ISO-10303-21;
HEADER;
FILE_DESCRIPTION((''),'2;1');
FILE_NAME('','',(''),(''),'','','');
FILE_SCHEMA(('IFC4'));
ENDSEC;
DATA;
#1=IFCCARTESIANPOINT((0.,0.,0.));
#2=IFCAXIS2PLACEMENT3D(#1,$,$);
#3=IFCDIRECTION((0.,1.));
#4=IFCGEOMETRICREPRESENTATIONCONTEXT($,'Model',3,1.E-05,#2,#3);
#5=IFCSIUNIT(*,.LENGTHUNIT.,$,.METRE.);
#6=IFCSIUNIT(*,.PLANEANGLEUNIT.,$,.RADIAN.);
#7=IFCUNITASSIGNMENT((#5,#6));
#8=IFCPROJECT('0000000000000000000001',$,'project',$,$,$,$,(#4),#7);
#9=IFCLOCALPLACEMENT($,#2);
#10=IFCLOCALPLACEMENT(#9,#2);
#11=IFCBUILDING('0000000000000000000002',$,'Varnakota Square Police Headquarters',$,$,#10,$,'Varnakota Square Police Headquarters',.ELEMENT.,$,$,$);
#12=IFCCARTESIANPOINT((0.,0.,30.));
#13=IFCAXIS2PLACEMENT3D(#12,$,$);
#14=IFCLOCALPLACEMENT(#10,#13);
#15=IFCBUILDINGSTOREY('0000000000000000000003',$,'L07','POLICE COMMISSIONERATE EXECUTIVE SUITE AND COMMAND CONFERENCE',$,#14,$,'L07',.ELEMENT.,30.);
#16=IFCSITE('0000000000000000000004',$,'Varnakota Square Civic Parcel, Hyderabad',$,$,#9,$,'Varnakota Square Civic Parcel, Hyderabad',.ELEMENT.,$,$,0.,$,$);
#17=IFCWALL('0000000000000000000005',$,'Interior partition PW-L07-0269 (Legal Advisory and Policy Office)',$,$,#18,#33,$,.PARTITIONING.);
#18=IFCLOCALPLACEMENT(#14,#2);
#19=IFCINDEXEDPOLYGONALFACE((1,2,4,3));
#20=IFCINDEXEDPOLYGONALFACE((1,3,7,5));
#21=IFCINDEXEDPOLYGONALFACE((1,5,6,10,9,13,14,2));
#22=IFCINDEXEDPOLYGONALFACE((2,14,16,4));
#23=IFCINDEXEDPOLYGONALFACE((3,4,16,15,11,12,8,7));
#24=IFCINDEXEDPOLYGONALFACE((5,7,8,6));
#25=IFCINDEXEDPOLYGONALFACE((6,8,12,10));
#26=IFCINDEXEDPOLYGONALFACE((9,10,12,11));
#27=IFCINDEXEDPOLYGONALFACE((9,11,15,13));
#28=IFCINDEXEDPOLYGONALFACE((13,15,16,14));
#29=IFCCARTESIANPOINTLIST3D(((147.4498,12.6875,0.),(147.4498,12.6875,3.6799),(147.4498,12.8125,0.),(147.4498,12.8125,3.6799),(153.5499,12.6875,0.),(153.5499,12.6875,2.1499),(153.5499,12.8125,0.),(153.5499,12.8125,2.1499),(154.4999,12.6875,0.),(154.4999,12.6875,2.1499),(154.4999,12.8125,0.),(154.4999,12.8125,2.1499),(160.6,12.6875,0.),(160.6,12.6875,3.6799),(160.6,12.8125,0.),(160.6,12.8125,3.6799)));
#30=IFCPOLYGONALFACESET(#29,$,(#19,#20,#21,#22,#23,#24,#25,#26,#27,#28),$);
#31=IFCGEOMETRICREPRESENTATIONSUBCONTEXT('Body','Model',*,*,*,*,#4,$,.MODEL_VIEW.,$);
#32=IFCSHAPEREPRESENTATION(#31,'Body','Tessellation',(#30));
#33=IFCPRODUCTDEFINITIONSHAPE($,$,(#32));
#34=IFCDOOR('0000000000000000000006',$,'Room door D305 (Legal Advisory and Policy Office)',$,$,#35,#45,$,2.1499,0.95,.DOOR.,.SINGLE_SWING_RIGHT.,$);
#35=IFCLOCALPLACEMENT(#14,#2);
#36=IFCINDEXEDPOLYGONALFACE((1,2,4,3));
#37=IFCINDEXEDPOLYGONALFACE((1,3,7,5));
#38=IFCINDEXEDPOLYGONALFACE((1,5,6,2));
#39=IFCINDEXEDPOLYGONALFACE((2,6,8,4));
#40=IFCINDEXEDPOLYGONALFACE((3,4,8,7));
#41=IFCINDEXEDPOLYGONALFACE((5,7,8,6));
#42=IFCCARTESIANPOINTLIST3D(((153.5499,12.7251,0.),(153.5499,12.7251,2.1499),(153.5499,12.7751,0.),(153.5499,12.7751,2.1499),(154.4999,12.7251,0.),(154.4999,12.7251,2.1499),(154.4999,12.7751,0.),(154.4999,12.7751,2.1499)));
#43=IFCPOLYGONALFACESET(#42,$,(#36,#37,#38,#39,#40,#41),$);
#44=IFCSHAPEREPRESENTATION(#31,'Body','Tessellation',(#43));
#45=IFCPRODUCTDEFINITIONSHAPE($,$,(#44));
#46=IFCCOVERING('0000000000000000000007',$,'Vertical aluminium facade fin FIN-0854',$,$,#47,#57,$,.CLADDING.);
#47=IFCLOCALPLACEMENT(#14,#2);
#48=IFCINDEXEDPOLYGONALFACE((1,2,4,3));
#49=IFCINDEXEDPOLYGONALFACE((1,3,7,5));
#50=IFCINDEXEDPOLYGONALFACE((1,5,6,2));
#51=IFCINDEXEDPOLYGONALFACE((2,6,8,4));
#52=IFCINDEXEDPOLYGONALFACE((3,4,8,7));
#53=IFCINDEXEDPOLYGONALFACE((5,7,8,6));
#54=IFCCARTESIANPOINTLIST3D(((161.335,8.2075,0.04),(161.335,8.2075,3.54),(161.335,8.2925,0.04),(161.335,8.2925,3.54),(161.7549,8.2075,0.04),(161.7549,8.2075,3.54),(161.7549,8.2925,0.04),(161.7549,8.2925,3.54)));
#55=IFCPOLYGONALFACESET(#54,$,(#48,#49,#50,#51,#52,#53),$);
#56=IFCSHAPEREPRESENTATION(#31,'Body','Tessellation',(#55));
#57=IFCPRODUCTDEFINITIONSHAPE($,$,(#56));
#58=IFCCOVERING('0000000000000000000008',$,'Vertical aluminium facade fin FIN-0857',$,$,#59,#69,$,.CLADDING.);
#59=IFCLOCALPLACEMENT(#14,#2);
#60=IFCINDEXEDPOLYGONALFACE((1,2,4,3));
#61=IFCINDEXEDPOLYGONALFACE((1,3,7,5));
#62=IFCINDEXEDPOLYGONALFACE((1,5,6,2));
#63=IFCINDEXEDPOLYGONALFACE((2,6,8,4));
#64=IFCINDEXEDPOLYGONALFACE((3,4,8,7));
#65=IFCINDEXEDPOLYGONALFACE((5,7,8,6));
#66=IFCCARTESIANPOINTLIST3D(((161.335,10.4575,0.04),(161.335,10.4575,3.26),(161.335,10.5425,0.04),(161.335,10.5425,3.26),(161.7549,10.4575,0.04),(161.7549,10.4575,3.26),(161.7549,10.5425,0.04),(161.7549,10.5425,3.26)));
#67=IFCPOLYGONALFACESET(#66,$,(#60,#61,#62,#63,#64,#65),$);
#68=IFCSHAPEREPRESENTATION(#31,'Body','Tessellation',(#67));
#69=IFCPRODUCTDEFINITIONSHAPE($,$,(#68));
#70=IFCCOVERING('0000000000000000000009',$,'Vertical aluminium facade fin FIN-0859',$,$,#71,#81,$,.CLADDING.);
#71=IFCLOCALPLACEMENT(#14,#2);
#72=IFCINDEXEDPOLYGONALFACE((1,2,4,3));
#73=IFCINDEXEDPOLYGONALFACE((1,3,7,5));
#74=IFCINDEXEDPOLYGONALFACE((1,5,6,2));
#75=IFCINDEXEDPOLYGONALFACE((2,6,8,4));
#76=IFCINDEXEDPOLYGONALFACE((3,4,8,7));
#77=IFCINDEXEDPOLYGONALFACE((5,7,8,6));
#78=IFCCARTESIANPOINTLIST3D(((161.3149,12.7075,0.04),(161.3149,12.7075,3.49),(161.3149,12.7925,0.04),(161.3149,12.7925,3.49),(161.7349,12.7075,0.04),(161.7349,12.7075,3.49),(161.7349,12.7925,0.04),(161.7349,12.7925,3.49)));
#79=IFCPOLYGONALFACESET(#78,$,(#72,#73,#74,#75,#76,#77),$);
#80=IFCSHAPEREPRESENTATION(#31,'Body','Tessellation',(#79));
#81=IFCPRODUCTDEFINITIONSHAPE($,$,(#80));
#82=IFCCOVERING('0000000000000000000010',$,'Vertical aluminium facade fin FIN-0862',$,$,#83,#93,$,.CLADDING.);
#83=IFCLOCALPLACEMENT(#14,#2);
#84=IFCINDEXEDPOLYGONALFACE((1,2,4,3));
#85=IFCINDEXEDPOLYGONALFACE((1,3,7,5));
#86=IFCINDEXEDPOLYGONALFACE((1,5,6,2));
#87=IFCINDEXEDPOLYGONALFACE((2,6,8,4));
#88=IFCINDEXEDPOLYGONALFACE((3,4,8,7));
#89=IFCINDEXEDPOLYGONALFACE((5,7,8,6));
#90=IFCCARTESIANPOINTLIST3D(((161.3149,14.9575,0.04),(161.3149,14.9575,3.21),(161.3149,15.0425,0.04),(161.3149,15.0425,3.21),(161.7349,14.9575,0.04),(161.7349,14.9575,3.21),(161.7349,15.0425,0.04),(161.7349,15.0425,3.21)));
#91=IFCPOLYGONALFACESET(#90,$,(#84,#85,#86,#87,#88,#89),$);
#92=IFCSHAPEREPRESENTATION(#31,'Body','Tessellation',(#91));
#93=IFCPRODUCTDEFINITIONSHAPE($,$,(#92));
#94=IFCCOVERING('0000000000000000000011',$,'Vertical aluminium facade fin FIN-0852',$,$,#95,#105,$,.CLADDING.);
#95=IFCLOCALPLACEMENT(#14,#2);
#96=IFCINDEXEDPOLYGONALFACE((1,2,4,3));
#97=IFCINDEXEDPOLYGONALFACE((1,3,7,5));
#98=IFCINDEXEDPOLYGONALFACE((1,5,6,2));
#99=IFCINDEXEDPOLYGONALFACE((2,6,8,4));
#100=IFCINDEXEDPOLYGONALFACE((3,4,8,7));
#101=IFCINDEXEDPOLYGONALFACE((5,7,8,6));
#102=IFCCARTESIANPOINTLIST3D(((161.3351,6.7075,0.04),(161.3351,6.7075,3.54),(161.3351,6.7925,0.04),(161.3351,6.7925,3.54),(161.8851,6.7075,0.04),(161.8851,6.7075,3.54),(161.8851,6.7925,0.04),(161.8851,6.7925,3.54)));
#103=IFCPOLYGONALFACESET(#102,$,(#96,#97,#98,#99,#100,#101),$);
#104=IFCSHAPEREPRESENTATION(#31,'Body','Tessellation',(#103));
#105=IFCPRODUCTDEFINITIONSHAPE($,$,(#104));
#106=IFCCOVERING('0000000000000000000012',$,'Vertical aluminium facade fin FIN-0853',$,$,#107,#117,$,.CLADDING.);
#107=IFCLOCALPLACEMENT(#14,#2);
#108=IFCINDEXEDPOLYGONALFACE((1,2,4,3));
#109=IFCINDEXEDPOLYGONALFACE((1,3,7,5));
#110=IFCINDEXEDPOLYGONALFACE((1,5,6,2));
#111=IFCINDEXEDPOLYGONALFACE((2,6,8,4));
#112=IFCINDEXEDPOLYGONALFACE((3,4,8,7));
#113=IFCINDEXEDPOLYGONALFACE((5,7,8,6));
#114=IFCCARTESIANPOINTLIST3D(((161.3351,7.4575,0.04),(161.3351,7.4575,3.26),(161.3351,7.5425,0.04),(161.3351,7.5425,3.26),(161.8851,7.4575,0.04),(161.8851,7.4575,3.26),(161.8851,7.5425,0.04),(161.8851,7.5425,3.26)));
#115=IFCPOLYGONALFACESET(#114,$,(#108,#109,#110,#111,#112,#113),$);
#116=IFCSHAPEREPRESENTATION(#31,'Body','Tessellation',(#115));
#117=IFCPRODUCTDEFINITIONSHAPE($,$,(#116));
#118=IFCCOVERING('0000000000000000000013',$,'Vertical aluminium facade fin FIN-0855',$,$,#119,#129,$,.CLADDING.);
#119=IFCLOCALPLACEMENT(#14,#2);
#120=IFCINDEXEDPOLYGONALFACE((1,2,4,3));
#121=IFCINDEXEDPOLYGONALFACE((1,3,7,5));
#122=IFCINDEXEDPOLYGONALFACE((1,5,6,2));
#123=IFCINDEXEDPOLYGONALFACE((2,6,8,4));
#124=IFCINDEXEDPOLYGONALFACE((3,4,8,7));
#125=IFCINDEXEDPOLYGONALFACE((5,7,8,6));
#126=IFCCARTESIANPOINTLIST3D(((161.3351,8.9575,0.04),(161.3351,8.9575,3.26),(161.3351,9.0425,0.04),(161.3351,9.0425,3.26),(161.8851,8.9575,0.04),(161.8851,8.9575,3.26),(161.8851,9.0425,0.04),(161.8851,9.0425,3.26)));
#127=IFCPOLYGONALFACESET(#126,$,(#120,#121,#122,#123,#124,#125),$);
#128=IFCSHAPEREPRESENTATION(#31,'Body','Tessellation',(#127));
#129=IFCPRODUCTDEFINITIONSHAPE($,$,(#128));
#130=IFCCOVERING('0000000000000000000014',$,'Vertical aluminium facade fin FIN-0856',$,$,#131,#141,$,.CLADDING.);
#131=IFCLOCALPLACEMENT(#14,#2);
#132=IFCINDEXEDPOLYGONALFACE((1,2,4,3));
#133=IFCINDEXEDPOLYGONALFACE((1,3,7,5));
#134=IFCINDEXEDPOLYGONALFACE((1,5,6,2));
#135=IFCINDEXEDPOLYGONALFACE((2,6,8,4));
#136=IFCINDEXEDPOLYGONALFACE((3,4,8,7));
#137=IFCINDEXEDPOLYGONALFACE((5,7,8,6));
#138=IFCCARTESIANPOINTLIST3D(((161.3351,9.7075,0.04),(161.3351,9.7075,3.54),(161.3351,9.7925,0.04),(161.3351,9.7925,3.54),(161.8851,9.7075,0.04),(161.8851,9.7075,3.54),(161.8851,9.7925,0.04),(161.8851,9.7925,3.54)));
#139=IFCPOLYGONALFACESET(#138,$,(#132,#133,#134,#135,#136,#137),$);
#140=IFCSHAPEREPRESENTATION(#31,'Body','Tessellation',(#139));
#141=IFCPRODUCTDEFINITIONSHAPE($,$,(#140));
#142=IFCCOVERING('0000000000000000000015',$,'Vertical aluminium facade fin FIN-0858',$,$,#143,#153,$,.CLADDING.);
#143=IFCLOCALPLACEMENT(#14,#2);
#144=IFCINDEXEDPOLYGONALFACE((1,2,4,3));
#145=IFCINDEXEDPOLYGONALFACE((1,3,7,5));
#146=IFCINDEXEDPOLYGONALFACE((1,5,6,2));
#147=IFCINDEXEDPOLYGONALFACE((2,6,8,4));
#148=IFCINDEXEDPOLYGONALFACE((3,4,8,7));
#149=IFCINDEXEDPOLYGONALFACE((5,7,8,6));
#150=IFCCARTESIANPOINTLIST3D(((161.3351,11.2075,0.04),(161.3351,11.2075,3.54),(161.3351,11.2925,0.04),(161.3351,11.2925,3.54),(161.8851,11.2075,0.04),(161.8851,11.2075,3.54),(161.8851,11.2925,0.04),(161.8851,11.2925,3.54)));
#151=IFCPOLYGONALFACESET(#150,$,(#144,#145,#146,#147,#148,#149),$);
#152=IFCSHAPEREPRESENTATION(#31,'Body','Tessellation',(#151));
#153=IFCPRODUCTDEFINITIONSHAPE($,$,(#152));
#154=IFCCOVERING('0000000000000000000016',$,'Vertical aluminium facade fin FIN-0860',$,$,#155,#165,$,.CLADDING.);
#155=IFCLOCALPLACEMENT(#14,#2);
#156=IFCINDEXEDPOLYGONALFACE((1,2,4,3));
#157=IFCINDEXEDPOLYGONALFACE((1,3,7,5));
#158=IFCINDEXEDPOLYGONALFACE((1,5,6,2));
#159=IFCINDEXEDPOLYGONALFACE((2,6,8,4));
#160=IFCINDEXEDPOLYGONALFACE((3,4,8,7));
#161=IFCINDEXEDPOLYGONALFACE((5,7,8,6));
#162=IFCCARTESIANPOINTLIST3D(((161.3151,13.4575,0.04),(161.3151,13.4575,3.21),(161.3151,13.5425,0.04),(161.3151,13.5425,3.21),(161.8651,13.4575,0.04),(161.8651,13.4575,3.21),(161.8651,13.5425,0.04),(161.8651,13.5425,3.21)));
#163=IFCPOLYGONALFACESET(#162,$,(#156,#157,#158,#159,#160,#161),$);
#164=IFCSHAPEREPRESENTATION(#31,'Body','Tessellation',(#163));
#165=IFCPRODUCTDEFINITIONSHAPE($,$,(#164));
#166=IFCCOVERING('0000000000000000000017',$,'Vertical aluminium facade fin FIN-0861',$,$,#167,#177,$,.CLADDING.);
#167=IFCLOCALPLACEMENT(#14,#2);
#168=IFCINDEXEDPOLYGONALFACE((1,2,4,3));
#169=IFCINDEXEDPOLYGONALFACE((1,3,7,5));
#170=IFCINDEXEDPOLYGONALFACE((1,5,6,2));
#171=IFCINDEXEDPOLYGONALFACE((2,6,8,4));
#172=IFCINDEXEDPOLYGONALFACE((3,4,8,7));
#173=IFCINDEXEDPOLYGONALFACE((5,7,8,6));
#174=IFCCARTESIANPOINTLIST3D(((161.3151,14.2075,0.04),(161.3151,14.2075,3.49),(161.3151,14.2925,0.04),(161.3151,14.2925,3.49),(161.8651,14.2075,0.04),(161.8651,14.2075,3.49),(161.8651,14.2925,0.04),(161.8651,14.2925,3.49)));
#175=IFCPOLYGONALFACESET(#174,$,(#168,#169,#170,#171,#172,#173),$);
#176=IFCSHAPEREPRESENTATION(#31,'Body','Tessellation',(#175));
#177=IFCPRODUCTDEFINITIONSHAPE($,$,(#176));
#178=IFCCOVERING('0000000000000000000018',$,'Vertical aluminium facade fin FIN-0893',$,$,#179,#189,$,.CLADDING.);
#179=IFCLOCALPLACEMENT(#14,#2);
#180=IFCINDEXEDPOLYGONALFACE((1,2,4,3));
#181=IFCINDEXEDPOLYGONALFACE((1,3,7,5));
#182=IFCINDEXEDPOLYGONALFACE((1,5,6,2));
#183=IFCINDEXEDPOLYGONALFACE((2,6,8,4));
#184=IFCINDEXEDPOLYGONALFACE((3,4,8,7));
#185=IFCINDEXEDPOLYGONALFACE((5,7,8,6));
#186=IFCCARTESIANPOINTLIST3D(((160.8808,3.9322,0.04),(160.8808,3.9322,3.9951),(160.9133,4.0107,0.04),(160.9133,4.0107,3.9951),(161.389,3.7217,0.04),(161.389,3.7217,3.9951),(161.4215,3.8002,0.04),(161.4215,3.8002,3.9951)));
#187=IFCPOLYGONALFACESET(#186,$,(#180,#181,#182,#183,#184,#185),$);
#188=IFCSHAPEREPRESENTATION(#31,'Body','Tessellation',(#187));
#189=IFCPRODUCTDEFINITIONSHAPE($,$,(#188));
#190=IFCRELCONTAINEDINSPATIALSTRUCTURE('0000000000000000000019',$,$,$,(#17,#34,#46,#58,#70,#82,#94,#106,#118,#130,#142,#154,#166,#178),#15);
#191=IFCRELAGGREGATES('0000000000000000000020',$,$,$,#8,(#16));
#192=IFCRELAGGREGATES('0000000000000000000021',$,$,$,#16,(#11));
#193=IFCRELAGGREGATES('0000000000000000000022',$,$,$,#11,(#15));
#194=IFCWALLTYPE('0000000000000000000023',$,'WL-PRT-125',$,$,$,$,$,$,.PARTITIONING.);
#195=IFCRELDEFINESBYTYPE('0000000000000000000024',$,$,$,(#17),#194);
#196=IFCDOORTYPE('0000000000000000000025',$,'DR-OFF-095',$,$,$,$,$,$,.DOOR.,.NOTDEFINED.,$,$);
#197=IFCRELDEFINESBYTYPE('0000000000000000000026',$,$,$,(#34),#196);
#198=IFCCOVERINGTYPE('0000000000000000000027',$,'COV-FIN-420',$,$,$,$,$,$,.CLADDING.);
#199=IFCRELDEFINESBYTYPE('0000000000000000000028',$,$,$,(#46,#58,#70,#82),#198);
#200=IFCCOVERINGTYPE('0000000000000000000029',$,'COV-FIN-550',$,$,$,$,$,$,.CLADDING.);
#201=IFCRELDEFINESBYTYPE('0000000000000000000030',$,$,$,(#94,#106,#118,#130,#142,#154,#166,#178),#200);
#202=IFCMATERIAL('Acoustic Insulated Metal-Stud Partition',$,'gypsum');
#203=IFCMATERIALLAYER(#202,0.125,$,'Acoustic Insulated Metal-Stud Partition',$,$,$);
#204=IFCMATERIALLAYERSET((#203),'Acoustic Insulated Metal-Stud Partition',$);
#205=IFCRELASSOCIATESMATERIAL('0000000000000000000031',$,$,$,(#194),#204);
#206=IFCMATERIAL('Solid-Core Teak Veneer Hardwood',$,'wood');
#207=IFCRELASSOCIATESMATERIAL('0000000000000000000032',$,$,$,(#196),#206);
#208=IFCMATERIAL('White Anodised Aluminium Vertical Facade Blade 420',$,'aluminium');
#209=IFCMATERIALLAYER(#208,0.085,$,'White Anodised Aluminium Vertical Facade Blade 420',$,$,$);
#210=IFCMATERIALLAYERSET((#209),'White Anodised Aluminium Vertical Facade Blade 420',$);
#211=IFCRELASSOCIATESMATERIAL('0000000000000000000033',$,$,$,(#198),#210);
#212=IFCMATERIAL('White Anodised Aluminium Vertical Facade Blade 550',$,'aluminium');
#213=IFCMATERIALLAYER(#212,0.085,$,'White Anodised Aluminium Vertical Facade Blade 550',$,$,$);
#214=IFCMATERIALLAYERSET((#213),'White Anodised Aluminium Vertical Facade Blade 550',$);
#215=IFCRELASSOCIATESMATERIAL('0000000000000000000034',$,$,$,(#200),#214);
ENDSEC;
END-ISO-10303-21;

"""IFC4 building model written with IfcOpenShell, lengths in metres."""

from ifc_helpers import new_model, si_unit, direction, frame, frame_2d, origin, origin_2d, place, context, subcontext, project, spatial, rectangle, extrude, material, layer, layer_set, type_object, element, fill, save


model = new_model("IFC4")

# Units and contexts
model_context = context("Model", 3, precision=1e-05, world=origin(), true_north=direction((0.0, 1.0)))
body_context = subcontext(model_context, "Body", "Model", "MODEL_VIEW")
ifc_project = project(units=[si_unit("LENGTHUNIT", "METRE"), si_unit("PLANEANGLEUNIT", "RADIAN")], contexts=[model_context])

# Site, building, storey
site_placement = place(None, origin())
site = spatial("IfcSite", under=ifc_project, at=site_placement, Name="Varnakota Square Civic Parcel, Hyderabad", LongName="Varnakota Square Civic Parcel, Hyderabad", CompositionType="ELEMENT", RefElevation=0.0)
building_placement = place(site_placement, origin())
building = spatial("IfcBuilding", under=site, at=building_placement, Name="Varnakota Square Police Headquarters", LongName="Varnakota Square Police Headquarters", CompositionType="ELEMENT")
storey_placement = place(building_placement, frame((0.0, 0.0, 30.0)))
storey = spatial("IfcBuildingStorey", under=building, at=storey_placement, Name="L07", Description="POLICE COMMISSIONERATE EXECUTIVE SUITE AND COMMAND CONFERENCE", LongName="L07", CompositionType="ELEMENT", Elevation=30.0)

# Wall, opening, door
ifc_material_1 = material(Name="Acoustic Insulated Metal-Stud Partition", Category="gypsum")
ifc_layer_1 = layer(ifc_material_1, 0.125, Name="Acoustic Insulated Metal-Stud Partition")
ifc_layer_set_1 = layer_set([ifc_layer_1], Name="Acoustic Insulated Metal-Stud Partition")
wall_type_1 = type_object("IfcWallType", Name="WL-PRT-125", PredefinedType="PARTITIONING", material=ifc_layer_set_1)
wall_1_placement = place(storey_placement, frame((160.6001, 12.75, 0.0), z_axis=(0.0, 0.0, 1.0), x_axis=(-1.0, 0.0, 0.0)))
wall_1 = element("IfcWall", 1, at=wall_1_placement, inside=storey, type_object=wall_type_1, Name="Interior partition PW-L07-0269 (Legal Advisory and Policy Office)", PredefinedType="PARTITIONING", context=body_context, shape_type="SweptSolid", body=[
    extrude(rectangle(XDim=13.1501, YDim=0.125, at=frame_2d((6.5752, 0.0))), origin(), (0.0, 0.0, 1.0), 3.6799),
])
opening_placement = place(wall_1_placement, frame((6.1001, 0.0, 0.0)))
opening = element("IfcOpeningElement", 2, at=opening_placement, cuts=wall_1, PredefinedType="OPENING", context=body_context, shape_type="SweptSolid", body=[
    extrude(rectangle(XDim=0.95, YDim=2.1499, at=frame_2d((0.4751, 1.075))), frame((0.0, 0.0725, 0.0), z_axis=(0.0, -1.0, 0.0), x_axis=(1.0, 0.0, 0.0)), (0.0, 0.0, 1.0), 0.145),
])
ifc_material_2 = material(Name="Solid-Core Teak Veneer Hardwood", Category="wood")
door_type = type_object("IfcDoorType", Name="DR-OFF-095", OperationType="NOTDEFINED", PredefinedType="DOOR", material=ifc_material_2)
door_placement = place(opening_placement, origin())
door = element("IfcDoor", 3, at=door_placement, inside=storey, type_object=door_type, Name="Room door D305 (Legal Advisory and Policy Office)", OperationType="SINGLE_SWING_RIGHT", OverallHeight=2.1499, OverallWidth=0.95, PredefinedType="DOOR", context=body_context, shape_type="SweptSolid", body=[
    extrude(rectangle(XDim=0.95, YDim=2.1499, at=frame_2d((0.4751, 1.075))), frame((0.0, 0.0249, 0.0), z_axis=(0.0, -1.0, 0.0), x_axis=(1.0, 0.0, 0.0)), (0.0, 0.0, 1.0), 0.05),
])
fill(opening, door)

# Coverings
ifc_material_3 = material(Name="White Anodised Aluminium Vertical Facade Blade 420", Category="aluminium")
ifc_layer_2 = layer(ifc_material_3, 0.085, Name="White Anodised Aluminium Vertical Facade Blade 420")
ifc_layer_set_2 = layer_set([ifc_layer_2], Name="White Anodised Aluminium Vertical Facade Blade 420")
covering_type_1 = type_object("IfcCoveringType", Name="COV-FIN-420", PredefinedType="CLADDING", material=ifc_layer_set_2)
covering_1_placement = place(storey_placement, frame((161.5449, 8.25, 0.04), z_axis=(0.0, 0.0, 1.0), x_axis=(0.0, 1.0, 0.0)))
element("IfcCovering", 4, at=covering_1_placement, inside=storey, type_object=covering_type_1, Name="Vertical aluminium facade fin FIN-0854", PredefinedType="CLADDING", context=body_context, shape_type="SweptSolid", body=[
    extrude(rectangle(XDim=0.085, YDim=0.4199, at=origin_2d()), origin(), (0.0, 0.0, 1.0), 3.5),
])
covering_2_placement = place(storey_placement, frame((161.5449, 10.5, 0.04), z_axis=(0.0, 0.0, 1.0), x_axis=(0.0, 1.0, 0.0)))
element("IfcCovering", 5, at=covering_2_placement, inside=storey, type_object=covering_type_1, Name="Vertical aluminium facade fin FIN-0857", PredefinedType="CLADDING", context=body_context, shape_type="SweptSolid", body=[
    extrude(rectangle(XDim=0.085, YDim=0.4199, at=origin_2d()), origin(), (0.0, 0.0, 1.0), 3.22),
])
covering_3_placement = place(storey_placement, frame((161.5249, 12.75, 0.04), z_axis=(0.0, 0.0, 1.0), x_axis=(0.0, 1.0, 0.0)))
element("IfcCovering", 6, at=covering_3_placement, inside=storey, type_object=covering_type_1, Name="Vertical aluminium facade fin FIN-0859", PredefinedType="CLADDING", context=body_context, shape_type="SweptSolid", body=[
    extrude(rectangle(XDim=0.085, YDim=0.4199, at=origin_2d()), origin(), (0.0, 0.0, 1.0), 3.45),
])
covering_4_placement = place(storey_placement, frame((161.5249, 15.0, 0.04), z_axis=(0.0, 0.0, 1.0), x_axis=(0.0, 1.0, 0.0)))
element("IfcCovering", 7, at=covering_4_placement, inside=storey, type_object=covering_type_1, Name="Vertical aluminium facade fin FIN-0862", PredefinedType="CLADDING", context=body_context, shape_type="SweptSolid", body=[
    extrude(rectangle(XDim=0.085, YDim=0.4199, at=origin_2d()), origin(), (0.0, 0.0, 1.0), 3.1699),
])
ifc_material_4 = material(Name="White Anodised Aluminium Vertical Facade Blade 550", Category="aluminium")
ifc_layer_3 = layer(ifc_material_4, 0.085, Name="White Anodised Aluminium Vertical Facade Blade 550")
ifc_layer_set_3 = layer_set([ifc_layer_3], Name="White Anodised Aluminium Vertical Facade Blade 550")
covering_type_2 = type_object("IfcCoveringType", Name="COV-FIN-550", PredefinedType="CLADDING", material=ifc_layer_set_3)
covering_5_placement = place(storey_placement, frame((161.6101, 6.75, 0.04), z_axis=(0.0, 0.0, 1.0), x_axis=(0.0, 1.0, 0.0)))
element("IfcCovering", 8, at=covering_5_placement, inside=storey, type_object=covering_type_2, Name="Vertical aluminium facade fin FIN-0852", PredefinedType="CLADDING", context=body_context, shape_type="SweptSolid", body=[
    extrude(rectangle(XDim=0.085, YDim=0.55, at=origin_2d()), origin(), (0.0, 0.0, 1.0), 3.5),
])
for number, where, z_axis, x_axis, name in (
    (9, (161.6101, 7.5, 0.04), (0.0, 0.0, 1.0), (0.0, 1.0, 0.0), "Vertical aluminium facade fin FIN-0853"),
    (10, (161.6101, 9.0, 0.04), (0.0, 0.0, 1.0), (0.0, 1.0, 0.0), "Vertical aluminium facade fin FIN-0855"),
):
    element("IfcCovering", number, at=place(storey_placement, frame(where, z_axis=z_axis, x_axis=x_axis)), inside=storey, type_object=covering_type_2, Name=name, PredefinedType="CLADDING", context=body_context, shape_type="SweptSolid", body=[
        extrude(rectangle(XDim=0.085, YDim=0.55, at=origin_2d()), origin(), (0.0, 0.0, 1.0), 3.22),
    ])
for number, where, z_axis, x_axis, name in (
    (11, (161.6101, 9.75, 0.04), (0.0, 0.0, 1.0), (0.0, 1.0, 0.0), "Vertical aluminium facade fin FIN-0856"),
    (12, (161.6101, 11.25, 0.04), (0.0, 0.0, 1.0), (0.0, 1.0, 0.0), "Vertical aluminium facade fin FIN-0858"),
):
    element("IfcCovering", number, at=place(storey_placement, frame(where, z_axis=z_axis, x_axis=x_axis)), inside=storey, type_object=covering_type_2, Name=name, PredefinedType="CLADDING", context=body_context, shape_type="SweptSolid", body=[
        extrude(rectangle(XDim=0.085, YDim=0.55, at=origin_2d()), origin(), (0.0, 0.0, 1.0), 3.5),
    ])
covering_6_placement = place(storey_placement, frame((161.5901, 13.5, 0.04), z_axis=(0.0, 0.0, 1.0), x_axis=(0.0, 1.0, 0.0)))
element("IfcCovering", 13, at=covering_6_placement, inside=storey, type_object=covering_type_2, Name="Vertical aluminium facade fin FIN-0860", PredefinedType="CLADDING", context=body_context, shape_type="SweptSolid", body=[
    extrude(rectangle(XDim=0.085, YDim=0.55, at=origin_2d()), origin(), (0.0, 0.0, 1.0), 3.1699),
])
covering_7_placement = place(storey_placement, frame((161.5901, 14.25, 0.04), z_axis=(0.0, 0.0, 1.0), x_axis=(0.0, 1.0, 0.0)))
element("IfcCovering", 14, at=covering_7_placement, inside=storey, type_object=covering_type_2, Name="Vertical aluminium facade fin FIN-0861", PredefinedType="CLADDING", context=body_context, shape_type="SweptSolid", body=[
    extrude(rectangle(XDim=0.085, YDim=0.55, at=origin_2d()), origin(), (0.0, 0.0, 1.0), 3.45),
])
for number, where, z_axis, x_axis, name in (
    (15, (161.1511, 3.8662, 0.04), (0.0, 0.0, 1.0), (0.382683, 0.92388, 0.0), "Vertical aluminium facade fin FIN-0893"),
):
    element("IfcCovering", number, at=place(storey_placement, frame(where, z_axis=z_axis, x_axis=x_axis)), inside=storey, type_object=covering_type_2, Name=name, PredefinedType="CLADDING", context=body_context, shape_type="SweptSolid", body=[
        extrude(rectangle(XDim=0.085, YDim=0.55, at=origin_2d()), origin(), (0.0, 0.0, 1.0), 3.9551),
    ])

save(model, "model.ifc")
